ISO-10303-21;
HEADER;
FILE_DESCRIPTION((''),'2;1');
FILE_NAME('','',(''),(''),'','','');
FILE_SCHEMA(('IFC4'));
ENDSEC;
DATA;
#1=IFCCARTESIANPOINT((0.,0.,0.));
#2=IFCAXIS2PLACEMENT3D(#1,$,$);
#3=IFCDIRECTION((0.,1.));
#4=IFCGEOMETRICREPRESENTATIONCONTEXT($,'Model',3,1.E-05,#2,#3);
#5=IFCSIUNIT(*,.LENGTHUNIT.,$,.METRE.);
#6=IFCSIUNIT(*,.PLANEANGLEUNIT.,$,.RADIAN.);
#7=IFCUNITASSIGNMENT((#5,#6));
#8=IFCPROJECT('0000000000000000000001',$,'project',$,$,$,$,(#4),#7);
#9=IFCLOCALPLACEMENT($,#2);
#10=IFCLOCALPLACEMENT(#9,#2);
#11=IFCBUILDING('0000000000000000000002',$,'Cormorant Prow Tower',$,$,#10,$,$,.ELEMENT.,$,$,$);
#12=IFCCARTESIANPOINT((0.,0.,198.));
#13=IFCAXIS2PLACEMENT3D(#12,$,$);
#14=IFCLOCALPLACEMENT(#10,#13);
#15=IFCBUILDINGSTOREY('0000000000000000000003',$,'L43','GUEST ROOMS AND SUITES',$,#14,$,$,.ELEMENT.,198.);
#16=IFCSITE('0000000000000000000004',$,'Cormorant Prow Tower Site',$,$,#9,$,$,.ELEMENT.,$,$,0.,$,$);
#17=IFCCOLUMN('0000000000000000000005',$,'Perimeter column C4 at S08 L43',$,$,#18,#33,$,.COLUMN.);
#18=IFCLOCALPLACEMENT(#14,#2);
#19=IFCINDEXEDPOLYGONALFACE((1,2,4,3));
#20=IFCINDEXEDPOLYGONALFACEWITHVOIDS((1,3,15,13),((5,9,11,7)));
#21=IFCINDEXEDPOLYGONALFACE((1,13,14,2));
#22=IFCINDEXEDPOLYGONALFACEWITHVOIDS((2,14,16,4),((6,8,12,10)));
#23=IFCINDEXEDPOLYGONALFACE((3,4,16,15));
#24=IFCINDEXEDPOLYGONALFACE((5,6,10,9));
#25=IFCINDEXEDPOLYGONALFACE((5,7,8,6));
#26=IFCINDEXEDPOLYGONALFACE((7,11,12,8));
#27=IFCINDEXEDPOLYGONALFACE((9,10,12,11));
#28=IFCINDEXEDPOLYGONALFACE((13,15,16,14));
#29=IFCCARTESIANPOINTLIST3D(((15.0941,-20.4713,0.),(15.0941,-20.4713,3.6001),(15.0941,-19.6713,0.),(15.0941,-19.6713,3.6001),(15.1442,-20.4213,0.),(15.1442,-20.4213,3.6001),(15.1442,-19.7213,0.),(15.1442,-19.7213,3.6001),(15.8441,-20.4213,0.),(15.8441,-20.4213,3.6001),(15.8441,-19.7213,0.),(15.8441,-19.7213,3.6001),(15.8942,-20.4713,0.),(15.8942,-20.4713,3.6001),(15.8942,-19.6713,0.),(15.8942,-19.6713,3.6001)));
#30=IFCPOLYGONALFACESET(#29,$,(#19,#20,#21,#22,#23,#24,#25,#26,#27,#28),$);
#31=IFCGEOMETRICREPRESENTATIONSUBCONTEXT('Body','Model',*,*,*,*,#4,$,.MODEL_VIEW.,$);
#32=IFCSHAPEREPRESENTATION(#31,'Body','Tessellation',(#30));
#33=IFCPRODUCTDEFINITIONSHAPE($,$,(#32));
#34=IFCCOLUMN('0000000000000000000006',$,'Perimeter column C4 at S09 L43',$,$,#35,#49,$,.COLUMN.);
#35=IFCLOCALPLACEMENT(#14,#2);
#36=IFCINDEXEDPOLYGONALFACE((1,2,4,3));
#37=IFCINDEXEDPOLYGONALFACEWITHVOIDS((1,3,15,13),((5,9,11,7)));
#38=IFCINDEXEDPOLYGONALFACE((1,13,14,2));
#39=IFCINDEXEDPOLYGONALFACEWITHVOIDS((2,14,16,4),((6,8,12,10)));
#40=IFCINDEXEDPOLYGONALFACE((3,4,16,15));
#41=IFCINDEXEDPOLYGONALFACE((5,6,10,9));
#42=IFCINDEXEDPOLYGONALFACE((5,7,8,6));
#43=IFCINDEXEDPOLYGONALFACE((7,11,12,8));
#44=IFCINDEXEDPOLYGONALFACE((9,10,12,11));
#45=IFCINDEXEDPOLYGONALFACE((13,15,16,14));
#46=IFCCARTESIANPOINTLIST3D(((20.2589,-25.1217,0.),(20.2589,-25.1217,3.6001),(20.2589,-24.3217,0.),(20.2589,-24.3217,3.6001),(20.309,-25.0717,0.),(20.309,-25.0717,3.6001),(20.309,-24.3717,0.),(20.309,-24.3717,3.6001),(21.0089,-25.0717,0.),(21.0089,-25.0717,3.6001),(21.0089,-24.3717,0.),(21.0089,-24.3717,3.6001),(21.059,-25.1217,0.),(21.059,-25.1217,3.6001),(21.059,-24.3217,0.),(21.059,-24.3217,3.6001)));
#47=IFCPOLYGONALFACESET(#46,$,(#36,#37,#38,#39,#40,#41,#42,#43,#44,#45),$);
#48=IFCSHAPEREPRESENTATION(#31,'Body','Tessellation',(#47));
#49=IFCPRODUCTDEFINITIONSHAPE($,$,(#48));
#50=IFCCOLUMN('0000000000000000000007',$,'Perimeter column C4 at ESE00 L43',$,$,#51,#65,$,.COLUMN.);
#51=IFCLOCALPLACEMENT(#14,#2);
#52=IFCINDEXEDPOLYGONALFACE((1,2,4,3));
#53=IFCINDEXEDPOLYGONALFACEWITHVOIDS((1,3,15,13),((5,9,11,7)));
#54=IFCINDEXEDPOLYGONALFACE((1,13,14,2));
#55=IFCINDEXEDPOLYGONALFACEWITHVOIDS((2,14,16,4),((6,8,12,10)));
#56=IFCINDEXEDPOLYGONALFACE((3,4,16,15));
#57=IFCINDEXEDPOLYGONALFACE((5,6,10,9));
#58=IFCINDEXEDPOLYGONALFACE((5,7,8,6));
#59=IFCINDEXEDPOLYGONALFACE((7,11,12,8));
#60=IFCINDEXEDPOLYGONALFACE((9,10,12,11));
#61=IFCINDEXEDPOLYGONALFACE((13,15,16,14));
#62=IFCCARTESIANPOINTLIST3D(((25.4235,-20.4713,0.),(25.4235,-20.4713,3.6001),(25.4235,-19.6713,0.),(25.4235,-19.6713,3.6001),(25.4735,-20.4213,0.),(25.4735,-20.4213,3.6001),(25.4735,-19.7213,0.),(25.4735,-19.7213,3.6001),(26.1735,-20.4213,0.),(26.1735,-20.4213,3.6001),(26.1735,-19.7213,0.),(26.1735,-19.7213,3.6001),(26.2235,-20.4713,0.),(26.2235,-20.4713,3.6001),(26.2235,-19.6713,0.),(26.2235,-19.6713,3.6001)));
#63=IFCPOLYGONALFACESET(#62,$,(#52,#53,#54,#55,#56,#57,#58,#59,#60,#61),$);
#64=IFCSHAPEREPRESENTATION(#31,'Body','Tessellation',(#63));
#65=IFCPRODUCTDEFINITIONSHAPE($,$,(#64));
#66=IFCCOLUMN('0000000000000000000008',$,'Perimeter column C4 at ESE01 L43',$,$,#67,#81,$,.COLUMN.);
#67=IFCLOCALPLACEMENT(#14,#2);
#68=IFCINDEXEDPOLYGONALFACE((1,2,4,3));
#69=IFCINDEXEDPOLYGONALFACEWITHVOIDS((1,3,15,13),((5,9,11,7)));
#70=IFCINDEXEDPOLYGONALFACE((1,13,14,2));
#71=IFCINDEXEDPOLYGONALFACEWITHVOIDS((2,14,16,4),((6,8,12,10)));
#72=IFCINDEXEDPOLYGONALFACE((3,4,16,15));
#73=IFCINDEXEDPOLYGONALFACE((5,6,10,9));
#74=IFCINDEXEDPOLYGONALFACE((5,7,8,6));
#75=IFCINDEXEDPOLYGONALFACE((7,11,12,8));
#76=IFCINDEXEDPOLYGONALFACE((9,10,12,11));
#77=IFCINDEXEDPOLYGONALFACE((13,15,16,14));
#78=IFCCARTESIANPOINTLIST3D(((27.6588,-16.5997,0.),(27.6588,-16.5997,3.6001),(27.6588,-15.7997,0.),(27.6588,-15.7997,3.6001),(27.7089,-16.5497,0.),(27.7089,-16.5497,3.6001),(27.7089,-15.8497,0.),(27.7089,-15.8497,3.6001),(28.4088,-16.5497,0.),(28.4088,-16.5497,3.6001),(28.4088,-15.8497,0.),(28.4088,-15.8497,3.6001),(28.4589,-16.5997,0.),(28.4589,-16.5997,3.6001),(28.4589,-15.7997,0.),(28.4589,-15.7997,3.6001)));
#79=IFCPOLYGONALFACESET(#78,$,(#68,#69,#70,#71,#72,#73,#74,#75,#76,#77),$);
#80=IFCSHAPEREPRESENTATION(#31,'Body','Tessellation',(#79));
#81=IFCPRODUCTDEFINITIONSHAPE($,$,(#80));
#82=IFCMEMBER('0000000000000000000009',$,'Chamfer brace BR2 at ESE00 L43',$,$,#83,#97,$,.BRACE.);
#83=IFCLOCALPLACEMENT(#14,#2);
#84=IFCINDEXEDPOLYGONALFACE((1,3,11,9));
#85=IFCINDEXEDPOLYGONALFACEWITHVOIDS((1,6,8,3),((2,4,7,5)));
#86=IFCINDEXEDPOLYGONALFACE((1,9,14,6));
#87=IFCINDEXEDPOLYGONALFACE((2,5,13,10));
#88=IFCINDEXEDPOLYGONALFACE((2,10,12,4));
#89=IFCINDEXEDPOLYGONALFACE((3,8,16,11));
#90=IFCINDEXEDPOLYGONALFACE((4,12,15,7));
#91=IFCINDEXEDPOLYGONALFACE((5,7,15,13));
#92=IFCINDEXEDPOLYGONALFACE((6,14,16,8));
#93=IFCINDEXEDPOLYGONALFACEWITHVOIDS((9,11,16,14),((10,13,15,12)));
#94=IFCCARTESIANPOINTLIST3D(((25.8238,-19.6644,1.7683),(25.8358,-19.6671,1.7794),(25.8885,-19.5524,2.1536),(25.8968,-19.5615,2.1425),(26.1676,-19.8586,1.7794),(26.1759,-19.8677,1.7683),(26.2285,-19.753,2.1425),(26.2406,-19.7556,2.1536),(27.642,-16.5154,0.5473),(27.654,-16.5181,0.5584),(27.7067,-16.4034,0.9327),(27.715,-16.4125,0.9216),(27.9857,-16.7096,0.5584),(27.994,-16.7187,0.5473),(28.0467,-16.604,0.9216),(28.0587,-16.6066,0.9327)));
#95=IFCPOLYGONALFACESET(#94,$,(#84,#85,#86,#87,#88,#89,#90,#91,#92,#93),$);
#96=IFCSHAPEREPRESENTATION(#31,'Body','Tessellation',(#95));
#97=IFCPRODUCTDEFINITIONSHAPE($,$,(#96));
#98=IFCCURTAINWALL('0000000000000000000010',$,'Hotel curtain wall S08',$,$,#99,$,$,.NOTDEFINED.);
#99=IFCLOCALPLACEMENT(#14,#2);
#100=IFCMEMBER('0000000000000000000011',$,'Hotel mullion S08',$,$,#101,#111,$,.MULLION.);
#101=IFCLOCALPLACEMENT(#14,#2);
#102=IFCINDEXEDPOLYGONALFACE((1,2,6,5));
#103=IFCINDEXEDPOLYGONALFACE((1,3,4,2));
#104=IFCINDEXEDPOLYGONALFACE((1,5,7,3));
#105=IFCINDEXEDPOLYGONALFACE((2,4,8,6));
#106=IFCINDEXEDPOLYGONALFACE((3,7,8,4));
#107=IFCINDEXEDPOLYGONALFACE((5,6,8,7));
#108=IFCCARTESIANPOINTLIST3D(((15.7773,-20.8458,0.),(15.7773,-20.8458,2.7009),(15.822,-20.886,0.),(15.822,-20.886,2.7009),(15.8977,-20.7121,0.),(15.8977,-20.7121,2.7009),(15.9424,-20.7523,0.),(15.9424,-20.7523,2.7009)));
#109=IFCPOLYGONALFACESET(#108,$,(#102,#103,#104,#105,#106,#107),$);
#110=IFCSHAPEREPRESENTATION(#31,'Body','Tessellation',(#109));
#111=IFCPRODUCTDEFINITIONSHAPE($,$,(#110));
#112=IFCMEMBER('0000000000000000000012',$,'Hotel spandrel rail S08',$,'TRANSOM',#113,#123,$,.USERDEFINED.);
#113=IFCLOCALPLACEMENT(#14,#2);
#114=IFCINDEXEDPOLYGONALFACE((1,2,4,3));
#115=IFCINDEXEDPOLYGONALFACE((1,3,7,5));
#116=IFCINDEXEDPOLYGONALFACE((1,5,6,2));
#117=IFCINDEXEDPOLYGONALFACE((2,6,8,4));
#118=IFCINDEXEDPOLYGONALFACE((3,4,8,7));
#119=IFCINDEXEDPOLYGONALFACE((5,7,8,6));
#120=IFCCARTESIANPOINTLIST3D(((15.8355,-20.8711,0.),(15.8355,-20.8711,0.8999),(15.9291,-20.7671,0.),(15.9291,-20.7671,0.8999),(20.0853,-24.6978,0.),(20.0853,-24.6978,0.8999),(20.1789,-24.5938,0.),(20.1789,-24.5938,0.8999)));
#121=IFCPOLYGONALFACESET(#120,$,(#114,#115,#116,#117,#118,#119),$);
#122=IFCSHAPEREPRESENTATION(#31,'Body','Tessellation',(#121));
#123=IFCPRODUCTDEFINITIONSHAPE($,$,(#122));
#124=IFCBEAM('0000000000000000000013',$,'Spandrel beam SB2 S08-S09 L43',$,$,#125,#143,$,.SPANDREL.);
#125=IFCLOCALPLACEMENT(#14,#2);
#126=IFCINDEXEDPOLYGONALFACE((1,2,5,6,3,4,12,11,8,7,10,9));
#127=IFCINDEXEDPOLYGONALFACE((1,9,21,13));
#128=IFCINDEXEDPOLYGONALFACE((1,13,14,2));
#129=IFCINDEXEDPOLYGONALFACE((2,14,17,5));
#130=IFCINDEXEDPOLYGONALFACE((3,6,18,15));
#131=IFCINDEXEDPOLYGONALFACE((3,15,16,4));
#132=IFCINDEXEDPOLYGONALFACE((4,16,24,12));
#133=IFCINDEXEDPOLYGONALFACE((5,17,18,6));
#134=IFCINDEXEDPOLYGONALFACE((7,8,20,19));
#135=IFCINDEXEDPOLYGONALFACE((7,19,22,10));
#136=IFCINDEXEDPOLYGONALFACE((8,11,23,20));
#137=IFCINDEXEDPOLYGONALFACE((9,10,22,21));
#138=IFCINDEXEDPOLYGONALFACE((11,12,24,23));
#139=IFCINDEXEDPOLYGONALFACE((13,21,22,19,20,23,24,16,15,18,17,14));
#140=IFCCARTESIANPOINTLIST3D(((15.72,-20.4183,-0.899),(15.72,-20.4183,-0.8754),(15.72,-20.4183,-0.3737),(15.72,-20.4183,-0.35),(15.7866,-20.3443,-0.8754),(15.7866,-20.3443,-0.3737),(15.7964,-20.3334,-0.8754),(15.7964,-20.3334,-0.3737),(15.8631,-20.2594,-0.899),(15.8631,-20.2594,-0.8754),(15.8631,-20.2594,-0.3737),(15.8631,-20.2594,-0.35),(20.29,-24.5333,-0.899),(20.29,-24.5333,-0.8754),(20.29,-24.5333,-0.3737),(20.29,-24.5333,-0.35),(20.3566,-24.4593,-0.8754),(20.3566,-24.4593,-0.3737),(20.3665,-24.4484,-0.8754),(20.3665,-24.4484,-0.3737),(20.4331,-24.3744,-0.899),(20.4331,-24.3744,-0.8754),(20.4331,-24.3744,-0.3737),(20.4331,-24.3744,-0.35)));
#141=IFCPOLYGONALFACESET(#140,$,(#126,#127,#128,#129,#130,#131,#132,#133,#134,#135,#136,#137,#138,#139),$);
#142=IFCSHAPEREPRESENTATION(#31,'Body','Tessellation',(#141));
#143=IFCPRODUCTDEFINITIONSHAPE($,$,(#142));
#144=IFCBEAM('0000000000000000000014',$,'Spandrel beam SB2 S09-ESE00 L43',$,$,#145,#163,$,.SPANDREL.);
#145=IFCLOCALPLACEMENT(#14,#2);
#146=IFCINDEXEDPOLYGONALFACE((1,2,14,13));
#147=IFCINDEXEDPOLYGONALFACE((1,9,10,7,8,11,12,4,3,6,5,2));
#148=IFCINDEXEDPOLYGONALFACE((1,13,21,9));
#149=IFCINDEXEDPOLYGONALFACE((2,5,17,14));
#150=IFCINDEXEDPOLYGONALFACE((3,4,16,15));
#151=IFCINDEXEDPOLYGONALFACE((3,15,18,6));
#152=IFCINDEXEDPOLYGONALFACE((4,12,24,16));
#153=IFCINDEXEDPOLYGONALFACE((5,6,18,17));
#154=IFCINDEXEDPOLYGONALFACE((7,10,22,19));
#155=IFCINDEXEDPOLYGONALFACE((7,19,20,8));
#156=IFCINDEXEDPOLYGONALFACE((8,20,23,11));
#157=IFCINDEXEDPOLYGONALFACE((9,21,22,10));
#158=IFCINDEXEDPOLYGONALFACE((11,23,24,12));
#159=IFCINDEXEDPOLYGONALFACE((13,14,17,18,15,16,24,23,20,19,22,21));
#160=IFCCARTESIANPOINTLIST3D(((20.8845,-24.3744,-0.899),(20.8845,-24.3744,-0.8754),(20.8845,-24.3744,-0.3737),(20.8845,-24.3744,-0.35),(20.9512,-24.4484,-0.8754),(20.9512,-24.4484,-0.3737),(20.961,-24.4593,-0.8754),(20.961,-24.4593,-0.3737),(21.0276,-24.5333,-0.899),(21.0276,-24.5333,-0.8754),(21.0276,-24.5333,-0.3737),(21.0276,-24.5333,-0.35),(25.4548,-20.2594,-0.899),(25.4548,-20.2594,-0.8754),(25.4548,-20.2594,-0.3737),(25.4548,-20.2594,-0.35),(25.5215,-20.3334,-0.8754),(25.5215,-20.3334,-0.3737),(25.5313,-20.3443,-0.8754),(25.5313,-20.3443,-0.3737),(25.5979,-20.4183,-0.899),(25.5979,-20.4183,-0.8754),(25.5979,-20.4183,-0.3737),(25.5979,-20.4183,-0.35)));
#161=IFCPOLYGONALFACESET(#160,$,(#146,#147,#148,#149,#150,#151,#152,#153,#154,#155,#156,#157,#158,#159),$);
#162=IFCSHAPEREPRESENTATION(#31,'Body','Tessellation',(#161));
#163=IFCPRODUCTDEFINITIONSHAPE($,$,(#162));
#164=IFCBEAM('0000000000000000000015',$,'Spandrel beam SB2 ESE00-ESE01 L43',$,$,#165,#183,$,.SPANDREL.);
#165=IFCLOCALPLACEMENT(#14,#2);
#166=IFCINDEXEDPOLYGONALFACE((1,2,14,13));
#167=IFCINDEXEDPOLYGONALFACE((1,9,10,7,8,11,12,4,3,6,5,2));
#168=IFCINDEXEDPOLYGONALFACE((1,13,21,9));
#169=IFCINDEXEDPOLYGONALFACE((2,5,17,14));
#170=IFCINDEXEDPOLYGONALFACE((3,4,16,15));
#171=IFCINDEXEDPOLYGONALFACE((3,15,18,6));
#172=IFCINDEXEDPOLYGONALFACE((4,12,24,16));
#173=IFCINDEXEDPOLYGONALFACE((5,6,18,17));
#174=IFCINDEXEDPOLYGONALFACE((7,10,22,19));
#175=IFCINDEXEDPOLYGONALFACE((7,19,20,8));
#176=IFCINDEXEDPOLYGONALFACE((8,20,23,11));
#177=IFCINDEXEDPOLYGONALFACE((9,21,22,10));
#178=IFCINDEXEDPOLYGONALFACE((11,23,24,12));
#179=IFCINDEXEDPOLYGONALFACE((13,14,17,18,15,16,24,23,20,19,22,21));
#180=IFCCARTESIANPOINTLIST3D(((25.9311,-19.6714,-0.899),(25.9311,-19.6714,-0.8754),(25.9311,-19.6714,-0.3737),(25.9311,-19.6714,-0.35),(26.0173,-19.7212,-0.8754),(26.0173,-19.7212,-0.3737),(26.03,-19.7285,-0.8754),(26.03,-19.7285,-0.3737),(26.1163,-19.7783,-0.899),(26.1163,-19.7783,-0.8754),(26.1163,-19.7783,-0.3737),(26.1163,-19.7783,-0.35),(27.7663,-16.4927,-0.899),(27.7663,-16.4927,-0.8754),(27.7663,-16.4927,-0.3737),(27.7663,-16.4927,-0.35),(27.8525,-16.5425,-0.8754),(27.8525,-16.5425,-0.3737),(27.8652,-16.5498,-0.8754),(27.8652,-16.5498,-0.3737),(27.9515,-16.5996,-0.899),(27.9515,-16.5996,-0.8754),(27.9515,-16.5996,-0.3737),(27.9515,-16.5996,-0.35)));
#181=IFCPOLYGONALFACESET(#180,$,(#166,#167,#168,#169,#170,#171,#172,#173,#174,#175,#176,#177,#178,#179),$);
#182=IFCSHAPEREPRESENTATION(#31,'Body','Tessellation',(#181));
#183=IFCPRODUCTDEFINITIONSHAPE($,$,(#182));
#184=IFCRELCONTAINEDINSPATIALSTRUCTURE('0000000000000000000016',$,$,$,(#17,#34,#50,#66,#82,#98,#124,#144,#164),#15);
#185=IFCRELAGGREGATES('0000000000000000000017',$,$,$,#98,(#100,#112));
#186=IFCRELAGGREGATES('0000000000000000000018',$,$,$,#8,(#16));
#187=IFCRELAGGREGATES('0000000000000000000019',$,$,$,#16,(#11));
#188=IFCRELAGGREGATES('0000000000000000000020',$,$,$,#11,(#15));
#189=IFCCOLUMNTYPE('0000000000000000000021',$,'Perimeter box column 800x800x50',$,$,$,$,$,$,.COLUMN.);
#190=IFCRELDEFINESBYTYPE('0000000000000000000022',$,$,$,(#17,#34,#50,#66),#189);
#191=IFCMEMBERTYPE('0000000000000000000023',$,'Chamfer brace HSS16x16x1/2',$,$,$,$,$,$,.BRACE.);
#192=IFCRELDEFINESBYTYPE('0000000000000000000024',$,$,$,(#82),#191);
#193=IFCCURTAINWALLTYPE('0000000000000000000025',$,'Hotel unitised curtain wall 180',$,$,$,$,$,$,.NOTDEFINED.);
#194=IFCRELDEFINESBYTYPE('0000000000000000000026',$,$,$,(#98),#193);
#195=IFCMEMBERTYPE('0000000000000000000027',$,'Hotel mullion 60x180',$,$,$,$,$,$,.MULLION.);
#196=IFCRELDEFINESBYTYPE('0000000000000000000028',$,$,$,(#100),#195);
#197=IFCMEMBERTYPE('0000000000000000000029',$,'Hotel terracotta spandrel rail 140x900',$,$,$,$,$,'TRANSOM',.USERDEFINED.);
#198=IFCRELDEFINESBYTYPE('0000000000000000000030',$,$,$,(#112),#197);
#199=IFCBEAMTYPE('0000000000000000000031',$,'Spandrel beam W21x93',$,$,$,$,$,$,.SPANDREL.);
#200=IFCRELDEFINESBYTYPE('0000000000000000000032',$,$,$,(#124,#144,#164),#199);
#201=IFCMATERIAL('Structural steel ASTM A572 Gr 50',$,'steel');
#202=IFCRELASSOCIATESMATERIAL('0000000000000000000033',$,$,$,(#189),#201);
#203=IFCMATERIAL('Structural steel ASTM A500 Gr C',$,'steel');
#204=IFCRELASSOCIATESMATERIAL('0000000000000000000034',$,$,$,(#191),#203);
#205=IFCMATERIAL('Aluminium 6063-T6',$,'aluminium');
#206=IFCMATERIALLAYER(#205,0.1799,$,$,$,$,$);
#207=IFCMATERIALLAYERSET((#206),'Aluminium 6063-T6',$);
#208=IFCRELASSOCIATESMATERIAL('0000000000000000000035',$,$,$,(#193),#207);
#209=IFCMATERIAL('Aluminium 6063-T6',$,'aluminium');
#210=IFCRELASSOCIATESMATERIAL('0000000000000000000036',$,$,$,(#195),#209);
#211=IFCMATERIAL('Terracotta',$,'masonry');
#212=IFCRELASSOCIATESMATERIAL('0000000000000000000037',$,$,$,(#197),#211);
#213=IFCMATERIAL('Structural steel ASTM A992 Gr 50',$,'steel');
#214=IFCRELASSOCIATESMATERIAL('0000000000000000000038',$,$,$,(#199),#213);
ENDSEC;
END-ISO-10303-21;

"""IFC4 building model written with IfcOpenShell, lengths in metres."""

from ifc_helpers import new_model, si_unit, direction, frame, origin, origin_2d, place, context, subcontext, project, spatial, rectangle, hollow_rectangle, i_section, extrude, material, layer, layer_set, material_profile, profile_set, type_object, element, aggregate, save


model = new_model("IFC4")

# Units and contexts
model_context = context("Model", 3, precision=1e-05, world=origin(), true_north=direction((0.0, 1.0)))
body_context = subcontext(model_context, "Body", "Model", "MODEL_VIEW")
ifc_project = project(units=[si_unit("LENGTHUNIT", "METRE"), si_unit("PLANEANGLEUNIT", "RADIAN")], contexts=[model_context])

# Site, building, storey
site_placement = place(None, origin())
site = spatial("IfcSite", under=ifc_project, at=site_placement, Name="Cormorant Prow Tower Site", CompositionType="ELEMENT", RefElevation=0.0)
building_placement = place(site_placement, origin())
building = spatial("IfcBuilding", under=site, at=building_placement, Name="Cormorant Prow Tower", CompositionType="ELEMENT")
storey_placement = place(building_placement, frame((0.0, 0.0, 198.0)))
storey = spatial("IfcBuildingStorey", under=building, at=storey_placement, Name="L43", Description="GUEST ROOMS AND SUITES", CompositionType="ELEMENT", Elevation=198.0)

# Columns
ifc_material_1 = material(Name="Structural steel ASTM A572 Gr 50", Category="steel")
ifc_material_profile_1 = material_profile(ifc_material_1, hollow_rectangle(XDim=0.8, YDim=0.8, WallThickness=0.05, at=origin_2d()), Name="Box 800x800x50")
ifc_profile_set_1 = profile_set([ifc_material_profile_1], Name="Structural steel ASTM A572 Gr 50")
column_type = type_object("IfcColumnType", Name="Perimeter box column 800x800x50", PredefinedType="COLUMN", material=ifc_profile_set_1)
for number, where, z_axis, x_axis, name in (
    (1, (15.4941, -20.0713, 0.0), (0.0, 0.0, 1.0), (1.0, 0.0, 0.0), "Perimeter column C4 at S08 L43"),
    (2, (20.6589, -24.7217, 0.0), (0.0, 0.0, 1.0), (1.0, 0.0, 0.0), "Perimeter column C4 at S09 L43"),
    (3, (25.8235, -20.0713, 0.0), (0.0, 0.0, 1.0), (1.0, 0.0, 0.0), "Perimeter column C4 at ESE00 L43"),
    (4, (28.0588, -16.1997, 0.0), (0.0, 0.0, 1.0), (1.0, 0.0, 0.0), "Perimeter column C4 at ESE01 L43"),
):
    element("IfcColumn", number, at=place(storey_placement, frame(where, z_axis=z_axis, x_axis=x_axis)), inside=storey, type_object=column_type, Name=name, PredefinedType="COLUMN", context=body_context, shape_type="SweptSolid", body=[
        extrude(hollow_rectangle(XDim=0.8, YDim=0.8, WallThickness=0.05, at=origin_2d()), origin(), (0.0, 0.0, 1.0), 3.6001),
    ])

# Member
ifc_material_2 = material(Name="Structural steel ASTM A500 Gr C", Category="steel")
ifc_material_profile_2 = material_profile(ifc_material_2, hollow_rectangle(XDim=0.4065, YDim=0.4065, WallThickness=0.0117, at=origin_2d()), Name="HSS16x16x1/2")
ifc_profile_set_2 = profile_set([ifc_material_profile_2], Name="Structural steel ASTM A500 Gr C")
member_type_1 = type_object("IfcMemberType", Name="Chamfer brace HSS16x16x1/2", PredefinedType="BRACE", material=ifc_profile_set_2)
member_1_placement = place(storey_placement, frame((27.8503, -16.561, 0.74), z_axis=(-0.474008, -0.820969, 0.318318), x_axis=(0.866016, -0.500017, 0.0)))
element("IfcMember", 5, at=member_1_placement, inside=storey, type_object=member_type_1, Name="Chamfer brace BR2 at ESE00 L43", PredefinedType="BRACE", context=body_context, shape_type="SweptSolid", body=[
    extrude(hollow_rectangle(XDim=0.4065, YDim=0.4065, WallThickness=0.0117, at=origin_2d()), origin(), (0.0, 0.0, 1.0), 3.8357),
])

# Curtain wall, members
ifc_material_3 = material(Name="Aluminium 6063-T6", Category="aluminium")
ifc_layer_1 = layer(ifc_material_3, 0.1799)
ifc_layer_set_1 = layer_set([ifc_layer_1], Name="Aluminium 6063-T6")
curtain_wall_type = type_object("IfcCurtainWallType", Name="Hotel unitised curtain wall 180", PredefinedType="NOTDEFINED", material=ifc_layer_set_1)
curtain_wall_placement = place(storey_placement, origin())
curtain_wall = element("IfcCurtainWall", 6, at=curtain_wall_placement, inside=storey, type_object=curtain_wall_type, Name="Hotel curtain wall S08", PredefinedType="NOTDEFINED")
ifc_material_4 = material(Name="Aluminium 6063-T6", Category="aluminium")
ifc_material_profile_3 = material_profile(ifc_material_4, rectangle(XDim=0.1799, YDim=0.0601, at=origin_2d()), Name="Hotel mullion 60x180")
ifc_profile_set_3 = profile_set([ifc_material_profile_3], Name="Aluminium 6063-T6")
member_type_2 = type_object("IfcMemberType", Name="Hotel mullion 60x180", PredefinedType="MULLION", material=ifc_profile_set_3)
member_2_placement = place(storey_placement, frame((15.8599, -20.7991, 0.0), z_axis=(0.0, 0.0, 1.0), x_axis=(0.669131, 0.743145, 0.0)))
member_2 = element("IfcMember", 7, at=member_2_placement, type_object=member_type_2, Name="Hotel mullion S08", PredefinedType="MULLION", context=body_context, shape_type="SweptSolid", body=[
    extrude(rectangle(XDim=0.1799, YDim=0.0601, at=origin_2d()), origin(), (0.0, 0.0, 1.0), 2.7009),
])
ifc_material_5 = material(Name="Terracotta", Category="masonry")
ifc_material_profile_4 = material_profile(ifc_material_5, rectangle(XDim=0.1399, YDim=0.8999, at=origin_2d()), Name="Hotel terracotta spandrel rail 140x900")
ifc_profile_set_4 = profile_set([ifc_material_profile_4], Name="Terracotta")
member_type_3 = type_object("IfcMemberType", Name="Hotel terracotta spandrel rail 140x900", ElementType="TRANSOM", PredefinedType="USERDEFINED", material=ifc_profile_set_4)
member_3_placement = place(storey_placement, frame((15.8823, -20.8191, 0.45), z_axis=(0.743131, -0.669146, 0.0), x_axis=(0.669146, 0.743131, 0.0)))
member_3 = element("IfcMember", 8, at=member_3_placement, type_object=member_type_3, Name="Hotel spandrel rail S08", ObjectType="TRANSOM", PredefinedType="USERDEFINED", context=body_context, shape_type="SweptSolid", body=[
    extrude(rectangle(XDim=0.1399, YDim=0.8999, at=origin_2d()), origin(), (0.0, 0.0, 1.0), 5.7188),
])

# Beams
ifc_material_6 = material(Name="Structural steel ASTM A992 Gr 50", Category="steel")
ifc_material_profile_5 = material_profile(ifc_material_6, i_section(OverallWidth=0.2139, OverallDepth=0.5491, WebThickness=0.0146, FlangeThickness=0.0237, at=origin_2d()), Name="W21x93")
ifc_profile_set_5 = profile_set([ifc_material_profile_5], Name="Structural steel ASTM A992 Gr 50")
beam_type = type_object("IfcBeamType", Name="Spandrel beam W21x93", PredefinedType="SPANDREL", material=ifc_profile_set_5)
beam_1_placement = place(storey_placement, frame((15.7915, -20.3389, -0.6245), z_axis=(0.743138, -0.669138, 0.0), x_axis=(0.669138, 0.743138, 0.0)))
element("IfcBeam", 9, at=beam_1_placement, inside=storey, type_object=beam_type, Name="Spandrel beam SB2 S08-S09 L43", PredefinedType="SPANDREL", context=body_context, shape_type="SweptSolid", body=[
    extrude(i_section(OverallWidth=0.2139, OverallDepth=0.5491, WebThickness=0.0146, FlangeThickness=0.0237, at=origin_2d()), origin(), (0.0, 0.0, 1.0), 6.1497),
])
beam_2_placement = place(storey_placement, frame((20.9561, -24.4539, -0.6245), z_axis=(0.743156, 0.669118, 0.0), x_axis=(-0.669118, 0.743156, 0.0)))
element("IfcBeam", 10, at=beam_2_placement, inside=storey, type_object=beam_type, Name="Spandrel beam SB2 S09-ESE00 L43", PredefinedType="SPANDREL", context=body_context, shape_type="SweptSolid", body=[
    extrude(i_section(OverallWidth=0.2139, OverallDepth=0.5491, WebThickness=0.0146, FlangeThickness=0.0237, at=origin_2d()), origin(), (0.0, 0.0, 1.0), 6.1499),
])
for number, where, z_axis, x_axis, name in (
    (11, (26.0237, -19.7249, -0.6245), (0.499995, 0.866028, 0.0), (-0.866028, 0.499995, 0.0), "Spandrel beam SB2 ESE00-ESE01 L43"),
):
    element("IfcBeam", number, at=place(storey_placement, frame(where, z_axis=z_axis, x_axis=x_axis)), inside=storey, type_object=beam_type, Name=name, PredefinedType="SPANDREL", context=body_context, shape_type="SweptSolid", body=[
        extrude(i_section(OverallWidth=0.2139, OverallDepth=0.5491, WebThickness=0.0146, FlangeThickness=0.0237, at=origin_2d()), origin(), (0.0, 0.0, 1.0), 3.6704),
    ])

aggregate(curtain_wall, [member_2, member_3])

save(model, "model.ifc")
